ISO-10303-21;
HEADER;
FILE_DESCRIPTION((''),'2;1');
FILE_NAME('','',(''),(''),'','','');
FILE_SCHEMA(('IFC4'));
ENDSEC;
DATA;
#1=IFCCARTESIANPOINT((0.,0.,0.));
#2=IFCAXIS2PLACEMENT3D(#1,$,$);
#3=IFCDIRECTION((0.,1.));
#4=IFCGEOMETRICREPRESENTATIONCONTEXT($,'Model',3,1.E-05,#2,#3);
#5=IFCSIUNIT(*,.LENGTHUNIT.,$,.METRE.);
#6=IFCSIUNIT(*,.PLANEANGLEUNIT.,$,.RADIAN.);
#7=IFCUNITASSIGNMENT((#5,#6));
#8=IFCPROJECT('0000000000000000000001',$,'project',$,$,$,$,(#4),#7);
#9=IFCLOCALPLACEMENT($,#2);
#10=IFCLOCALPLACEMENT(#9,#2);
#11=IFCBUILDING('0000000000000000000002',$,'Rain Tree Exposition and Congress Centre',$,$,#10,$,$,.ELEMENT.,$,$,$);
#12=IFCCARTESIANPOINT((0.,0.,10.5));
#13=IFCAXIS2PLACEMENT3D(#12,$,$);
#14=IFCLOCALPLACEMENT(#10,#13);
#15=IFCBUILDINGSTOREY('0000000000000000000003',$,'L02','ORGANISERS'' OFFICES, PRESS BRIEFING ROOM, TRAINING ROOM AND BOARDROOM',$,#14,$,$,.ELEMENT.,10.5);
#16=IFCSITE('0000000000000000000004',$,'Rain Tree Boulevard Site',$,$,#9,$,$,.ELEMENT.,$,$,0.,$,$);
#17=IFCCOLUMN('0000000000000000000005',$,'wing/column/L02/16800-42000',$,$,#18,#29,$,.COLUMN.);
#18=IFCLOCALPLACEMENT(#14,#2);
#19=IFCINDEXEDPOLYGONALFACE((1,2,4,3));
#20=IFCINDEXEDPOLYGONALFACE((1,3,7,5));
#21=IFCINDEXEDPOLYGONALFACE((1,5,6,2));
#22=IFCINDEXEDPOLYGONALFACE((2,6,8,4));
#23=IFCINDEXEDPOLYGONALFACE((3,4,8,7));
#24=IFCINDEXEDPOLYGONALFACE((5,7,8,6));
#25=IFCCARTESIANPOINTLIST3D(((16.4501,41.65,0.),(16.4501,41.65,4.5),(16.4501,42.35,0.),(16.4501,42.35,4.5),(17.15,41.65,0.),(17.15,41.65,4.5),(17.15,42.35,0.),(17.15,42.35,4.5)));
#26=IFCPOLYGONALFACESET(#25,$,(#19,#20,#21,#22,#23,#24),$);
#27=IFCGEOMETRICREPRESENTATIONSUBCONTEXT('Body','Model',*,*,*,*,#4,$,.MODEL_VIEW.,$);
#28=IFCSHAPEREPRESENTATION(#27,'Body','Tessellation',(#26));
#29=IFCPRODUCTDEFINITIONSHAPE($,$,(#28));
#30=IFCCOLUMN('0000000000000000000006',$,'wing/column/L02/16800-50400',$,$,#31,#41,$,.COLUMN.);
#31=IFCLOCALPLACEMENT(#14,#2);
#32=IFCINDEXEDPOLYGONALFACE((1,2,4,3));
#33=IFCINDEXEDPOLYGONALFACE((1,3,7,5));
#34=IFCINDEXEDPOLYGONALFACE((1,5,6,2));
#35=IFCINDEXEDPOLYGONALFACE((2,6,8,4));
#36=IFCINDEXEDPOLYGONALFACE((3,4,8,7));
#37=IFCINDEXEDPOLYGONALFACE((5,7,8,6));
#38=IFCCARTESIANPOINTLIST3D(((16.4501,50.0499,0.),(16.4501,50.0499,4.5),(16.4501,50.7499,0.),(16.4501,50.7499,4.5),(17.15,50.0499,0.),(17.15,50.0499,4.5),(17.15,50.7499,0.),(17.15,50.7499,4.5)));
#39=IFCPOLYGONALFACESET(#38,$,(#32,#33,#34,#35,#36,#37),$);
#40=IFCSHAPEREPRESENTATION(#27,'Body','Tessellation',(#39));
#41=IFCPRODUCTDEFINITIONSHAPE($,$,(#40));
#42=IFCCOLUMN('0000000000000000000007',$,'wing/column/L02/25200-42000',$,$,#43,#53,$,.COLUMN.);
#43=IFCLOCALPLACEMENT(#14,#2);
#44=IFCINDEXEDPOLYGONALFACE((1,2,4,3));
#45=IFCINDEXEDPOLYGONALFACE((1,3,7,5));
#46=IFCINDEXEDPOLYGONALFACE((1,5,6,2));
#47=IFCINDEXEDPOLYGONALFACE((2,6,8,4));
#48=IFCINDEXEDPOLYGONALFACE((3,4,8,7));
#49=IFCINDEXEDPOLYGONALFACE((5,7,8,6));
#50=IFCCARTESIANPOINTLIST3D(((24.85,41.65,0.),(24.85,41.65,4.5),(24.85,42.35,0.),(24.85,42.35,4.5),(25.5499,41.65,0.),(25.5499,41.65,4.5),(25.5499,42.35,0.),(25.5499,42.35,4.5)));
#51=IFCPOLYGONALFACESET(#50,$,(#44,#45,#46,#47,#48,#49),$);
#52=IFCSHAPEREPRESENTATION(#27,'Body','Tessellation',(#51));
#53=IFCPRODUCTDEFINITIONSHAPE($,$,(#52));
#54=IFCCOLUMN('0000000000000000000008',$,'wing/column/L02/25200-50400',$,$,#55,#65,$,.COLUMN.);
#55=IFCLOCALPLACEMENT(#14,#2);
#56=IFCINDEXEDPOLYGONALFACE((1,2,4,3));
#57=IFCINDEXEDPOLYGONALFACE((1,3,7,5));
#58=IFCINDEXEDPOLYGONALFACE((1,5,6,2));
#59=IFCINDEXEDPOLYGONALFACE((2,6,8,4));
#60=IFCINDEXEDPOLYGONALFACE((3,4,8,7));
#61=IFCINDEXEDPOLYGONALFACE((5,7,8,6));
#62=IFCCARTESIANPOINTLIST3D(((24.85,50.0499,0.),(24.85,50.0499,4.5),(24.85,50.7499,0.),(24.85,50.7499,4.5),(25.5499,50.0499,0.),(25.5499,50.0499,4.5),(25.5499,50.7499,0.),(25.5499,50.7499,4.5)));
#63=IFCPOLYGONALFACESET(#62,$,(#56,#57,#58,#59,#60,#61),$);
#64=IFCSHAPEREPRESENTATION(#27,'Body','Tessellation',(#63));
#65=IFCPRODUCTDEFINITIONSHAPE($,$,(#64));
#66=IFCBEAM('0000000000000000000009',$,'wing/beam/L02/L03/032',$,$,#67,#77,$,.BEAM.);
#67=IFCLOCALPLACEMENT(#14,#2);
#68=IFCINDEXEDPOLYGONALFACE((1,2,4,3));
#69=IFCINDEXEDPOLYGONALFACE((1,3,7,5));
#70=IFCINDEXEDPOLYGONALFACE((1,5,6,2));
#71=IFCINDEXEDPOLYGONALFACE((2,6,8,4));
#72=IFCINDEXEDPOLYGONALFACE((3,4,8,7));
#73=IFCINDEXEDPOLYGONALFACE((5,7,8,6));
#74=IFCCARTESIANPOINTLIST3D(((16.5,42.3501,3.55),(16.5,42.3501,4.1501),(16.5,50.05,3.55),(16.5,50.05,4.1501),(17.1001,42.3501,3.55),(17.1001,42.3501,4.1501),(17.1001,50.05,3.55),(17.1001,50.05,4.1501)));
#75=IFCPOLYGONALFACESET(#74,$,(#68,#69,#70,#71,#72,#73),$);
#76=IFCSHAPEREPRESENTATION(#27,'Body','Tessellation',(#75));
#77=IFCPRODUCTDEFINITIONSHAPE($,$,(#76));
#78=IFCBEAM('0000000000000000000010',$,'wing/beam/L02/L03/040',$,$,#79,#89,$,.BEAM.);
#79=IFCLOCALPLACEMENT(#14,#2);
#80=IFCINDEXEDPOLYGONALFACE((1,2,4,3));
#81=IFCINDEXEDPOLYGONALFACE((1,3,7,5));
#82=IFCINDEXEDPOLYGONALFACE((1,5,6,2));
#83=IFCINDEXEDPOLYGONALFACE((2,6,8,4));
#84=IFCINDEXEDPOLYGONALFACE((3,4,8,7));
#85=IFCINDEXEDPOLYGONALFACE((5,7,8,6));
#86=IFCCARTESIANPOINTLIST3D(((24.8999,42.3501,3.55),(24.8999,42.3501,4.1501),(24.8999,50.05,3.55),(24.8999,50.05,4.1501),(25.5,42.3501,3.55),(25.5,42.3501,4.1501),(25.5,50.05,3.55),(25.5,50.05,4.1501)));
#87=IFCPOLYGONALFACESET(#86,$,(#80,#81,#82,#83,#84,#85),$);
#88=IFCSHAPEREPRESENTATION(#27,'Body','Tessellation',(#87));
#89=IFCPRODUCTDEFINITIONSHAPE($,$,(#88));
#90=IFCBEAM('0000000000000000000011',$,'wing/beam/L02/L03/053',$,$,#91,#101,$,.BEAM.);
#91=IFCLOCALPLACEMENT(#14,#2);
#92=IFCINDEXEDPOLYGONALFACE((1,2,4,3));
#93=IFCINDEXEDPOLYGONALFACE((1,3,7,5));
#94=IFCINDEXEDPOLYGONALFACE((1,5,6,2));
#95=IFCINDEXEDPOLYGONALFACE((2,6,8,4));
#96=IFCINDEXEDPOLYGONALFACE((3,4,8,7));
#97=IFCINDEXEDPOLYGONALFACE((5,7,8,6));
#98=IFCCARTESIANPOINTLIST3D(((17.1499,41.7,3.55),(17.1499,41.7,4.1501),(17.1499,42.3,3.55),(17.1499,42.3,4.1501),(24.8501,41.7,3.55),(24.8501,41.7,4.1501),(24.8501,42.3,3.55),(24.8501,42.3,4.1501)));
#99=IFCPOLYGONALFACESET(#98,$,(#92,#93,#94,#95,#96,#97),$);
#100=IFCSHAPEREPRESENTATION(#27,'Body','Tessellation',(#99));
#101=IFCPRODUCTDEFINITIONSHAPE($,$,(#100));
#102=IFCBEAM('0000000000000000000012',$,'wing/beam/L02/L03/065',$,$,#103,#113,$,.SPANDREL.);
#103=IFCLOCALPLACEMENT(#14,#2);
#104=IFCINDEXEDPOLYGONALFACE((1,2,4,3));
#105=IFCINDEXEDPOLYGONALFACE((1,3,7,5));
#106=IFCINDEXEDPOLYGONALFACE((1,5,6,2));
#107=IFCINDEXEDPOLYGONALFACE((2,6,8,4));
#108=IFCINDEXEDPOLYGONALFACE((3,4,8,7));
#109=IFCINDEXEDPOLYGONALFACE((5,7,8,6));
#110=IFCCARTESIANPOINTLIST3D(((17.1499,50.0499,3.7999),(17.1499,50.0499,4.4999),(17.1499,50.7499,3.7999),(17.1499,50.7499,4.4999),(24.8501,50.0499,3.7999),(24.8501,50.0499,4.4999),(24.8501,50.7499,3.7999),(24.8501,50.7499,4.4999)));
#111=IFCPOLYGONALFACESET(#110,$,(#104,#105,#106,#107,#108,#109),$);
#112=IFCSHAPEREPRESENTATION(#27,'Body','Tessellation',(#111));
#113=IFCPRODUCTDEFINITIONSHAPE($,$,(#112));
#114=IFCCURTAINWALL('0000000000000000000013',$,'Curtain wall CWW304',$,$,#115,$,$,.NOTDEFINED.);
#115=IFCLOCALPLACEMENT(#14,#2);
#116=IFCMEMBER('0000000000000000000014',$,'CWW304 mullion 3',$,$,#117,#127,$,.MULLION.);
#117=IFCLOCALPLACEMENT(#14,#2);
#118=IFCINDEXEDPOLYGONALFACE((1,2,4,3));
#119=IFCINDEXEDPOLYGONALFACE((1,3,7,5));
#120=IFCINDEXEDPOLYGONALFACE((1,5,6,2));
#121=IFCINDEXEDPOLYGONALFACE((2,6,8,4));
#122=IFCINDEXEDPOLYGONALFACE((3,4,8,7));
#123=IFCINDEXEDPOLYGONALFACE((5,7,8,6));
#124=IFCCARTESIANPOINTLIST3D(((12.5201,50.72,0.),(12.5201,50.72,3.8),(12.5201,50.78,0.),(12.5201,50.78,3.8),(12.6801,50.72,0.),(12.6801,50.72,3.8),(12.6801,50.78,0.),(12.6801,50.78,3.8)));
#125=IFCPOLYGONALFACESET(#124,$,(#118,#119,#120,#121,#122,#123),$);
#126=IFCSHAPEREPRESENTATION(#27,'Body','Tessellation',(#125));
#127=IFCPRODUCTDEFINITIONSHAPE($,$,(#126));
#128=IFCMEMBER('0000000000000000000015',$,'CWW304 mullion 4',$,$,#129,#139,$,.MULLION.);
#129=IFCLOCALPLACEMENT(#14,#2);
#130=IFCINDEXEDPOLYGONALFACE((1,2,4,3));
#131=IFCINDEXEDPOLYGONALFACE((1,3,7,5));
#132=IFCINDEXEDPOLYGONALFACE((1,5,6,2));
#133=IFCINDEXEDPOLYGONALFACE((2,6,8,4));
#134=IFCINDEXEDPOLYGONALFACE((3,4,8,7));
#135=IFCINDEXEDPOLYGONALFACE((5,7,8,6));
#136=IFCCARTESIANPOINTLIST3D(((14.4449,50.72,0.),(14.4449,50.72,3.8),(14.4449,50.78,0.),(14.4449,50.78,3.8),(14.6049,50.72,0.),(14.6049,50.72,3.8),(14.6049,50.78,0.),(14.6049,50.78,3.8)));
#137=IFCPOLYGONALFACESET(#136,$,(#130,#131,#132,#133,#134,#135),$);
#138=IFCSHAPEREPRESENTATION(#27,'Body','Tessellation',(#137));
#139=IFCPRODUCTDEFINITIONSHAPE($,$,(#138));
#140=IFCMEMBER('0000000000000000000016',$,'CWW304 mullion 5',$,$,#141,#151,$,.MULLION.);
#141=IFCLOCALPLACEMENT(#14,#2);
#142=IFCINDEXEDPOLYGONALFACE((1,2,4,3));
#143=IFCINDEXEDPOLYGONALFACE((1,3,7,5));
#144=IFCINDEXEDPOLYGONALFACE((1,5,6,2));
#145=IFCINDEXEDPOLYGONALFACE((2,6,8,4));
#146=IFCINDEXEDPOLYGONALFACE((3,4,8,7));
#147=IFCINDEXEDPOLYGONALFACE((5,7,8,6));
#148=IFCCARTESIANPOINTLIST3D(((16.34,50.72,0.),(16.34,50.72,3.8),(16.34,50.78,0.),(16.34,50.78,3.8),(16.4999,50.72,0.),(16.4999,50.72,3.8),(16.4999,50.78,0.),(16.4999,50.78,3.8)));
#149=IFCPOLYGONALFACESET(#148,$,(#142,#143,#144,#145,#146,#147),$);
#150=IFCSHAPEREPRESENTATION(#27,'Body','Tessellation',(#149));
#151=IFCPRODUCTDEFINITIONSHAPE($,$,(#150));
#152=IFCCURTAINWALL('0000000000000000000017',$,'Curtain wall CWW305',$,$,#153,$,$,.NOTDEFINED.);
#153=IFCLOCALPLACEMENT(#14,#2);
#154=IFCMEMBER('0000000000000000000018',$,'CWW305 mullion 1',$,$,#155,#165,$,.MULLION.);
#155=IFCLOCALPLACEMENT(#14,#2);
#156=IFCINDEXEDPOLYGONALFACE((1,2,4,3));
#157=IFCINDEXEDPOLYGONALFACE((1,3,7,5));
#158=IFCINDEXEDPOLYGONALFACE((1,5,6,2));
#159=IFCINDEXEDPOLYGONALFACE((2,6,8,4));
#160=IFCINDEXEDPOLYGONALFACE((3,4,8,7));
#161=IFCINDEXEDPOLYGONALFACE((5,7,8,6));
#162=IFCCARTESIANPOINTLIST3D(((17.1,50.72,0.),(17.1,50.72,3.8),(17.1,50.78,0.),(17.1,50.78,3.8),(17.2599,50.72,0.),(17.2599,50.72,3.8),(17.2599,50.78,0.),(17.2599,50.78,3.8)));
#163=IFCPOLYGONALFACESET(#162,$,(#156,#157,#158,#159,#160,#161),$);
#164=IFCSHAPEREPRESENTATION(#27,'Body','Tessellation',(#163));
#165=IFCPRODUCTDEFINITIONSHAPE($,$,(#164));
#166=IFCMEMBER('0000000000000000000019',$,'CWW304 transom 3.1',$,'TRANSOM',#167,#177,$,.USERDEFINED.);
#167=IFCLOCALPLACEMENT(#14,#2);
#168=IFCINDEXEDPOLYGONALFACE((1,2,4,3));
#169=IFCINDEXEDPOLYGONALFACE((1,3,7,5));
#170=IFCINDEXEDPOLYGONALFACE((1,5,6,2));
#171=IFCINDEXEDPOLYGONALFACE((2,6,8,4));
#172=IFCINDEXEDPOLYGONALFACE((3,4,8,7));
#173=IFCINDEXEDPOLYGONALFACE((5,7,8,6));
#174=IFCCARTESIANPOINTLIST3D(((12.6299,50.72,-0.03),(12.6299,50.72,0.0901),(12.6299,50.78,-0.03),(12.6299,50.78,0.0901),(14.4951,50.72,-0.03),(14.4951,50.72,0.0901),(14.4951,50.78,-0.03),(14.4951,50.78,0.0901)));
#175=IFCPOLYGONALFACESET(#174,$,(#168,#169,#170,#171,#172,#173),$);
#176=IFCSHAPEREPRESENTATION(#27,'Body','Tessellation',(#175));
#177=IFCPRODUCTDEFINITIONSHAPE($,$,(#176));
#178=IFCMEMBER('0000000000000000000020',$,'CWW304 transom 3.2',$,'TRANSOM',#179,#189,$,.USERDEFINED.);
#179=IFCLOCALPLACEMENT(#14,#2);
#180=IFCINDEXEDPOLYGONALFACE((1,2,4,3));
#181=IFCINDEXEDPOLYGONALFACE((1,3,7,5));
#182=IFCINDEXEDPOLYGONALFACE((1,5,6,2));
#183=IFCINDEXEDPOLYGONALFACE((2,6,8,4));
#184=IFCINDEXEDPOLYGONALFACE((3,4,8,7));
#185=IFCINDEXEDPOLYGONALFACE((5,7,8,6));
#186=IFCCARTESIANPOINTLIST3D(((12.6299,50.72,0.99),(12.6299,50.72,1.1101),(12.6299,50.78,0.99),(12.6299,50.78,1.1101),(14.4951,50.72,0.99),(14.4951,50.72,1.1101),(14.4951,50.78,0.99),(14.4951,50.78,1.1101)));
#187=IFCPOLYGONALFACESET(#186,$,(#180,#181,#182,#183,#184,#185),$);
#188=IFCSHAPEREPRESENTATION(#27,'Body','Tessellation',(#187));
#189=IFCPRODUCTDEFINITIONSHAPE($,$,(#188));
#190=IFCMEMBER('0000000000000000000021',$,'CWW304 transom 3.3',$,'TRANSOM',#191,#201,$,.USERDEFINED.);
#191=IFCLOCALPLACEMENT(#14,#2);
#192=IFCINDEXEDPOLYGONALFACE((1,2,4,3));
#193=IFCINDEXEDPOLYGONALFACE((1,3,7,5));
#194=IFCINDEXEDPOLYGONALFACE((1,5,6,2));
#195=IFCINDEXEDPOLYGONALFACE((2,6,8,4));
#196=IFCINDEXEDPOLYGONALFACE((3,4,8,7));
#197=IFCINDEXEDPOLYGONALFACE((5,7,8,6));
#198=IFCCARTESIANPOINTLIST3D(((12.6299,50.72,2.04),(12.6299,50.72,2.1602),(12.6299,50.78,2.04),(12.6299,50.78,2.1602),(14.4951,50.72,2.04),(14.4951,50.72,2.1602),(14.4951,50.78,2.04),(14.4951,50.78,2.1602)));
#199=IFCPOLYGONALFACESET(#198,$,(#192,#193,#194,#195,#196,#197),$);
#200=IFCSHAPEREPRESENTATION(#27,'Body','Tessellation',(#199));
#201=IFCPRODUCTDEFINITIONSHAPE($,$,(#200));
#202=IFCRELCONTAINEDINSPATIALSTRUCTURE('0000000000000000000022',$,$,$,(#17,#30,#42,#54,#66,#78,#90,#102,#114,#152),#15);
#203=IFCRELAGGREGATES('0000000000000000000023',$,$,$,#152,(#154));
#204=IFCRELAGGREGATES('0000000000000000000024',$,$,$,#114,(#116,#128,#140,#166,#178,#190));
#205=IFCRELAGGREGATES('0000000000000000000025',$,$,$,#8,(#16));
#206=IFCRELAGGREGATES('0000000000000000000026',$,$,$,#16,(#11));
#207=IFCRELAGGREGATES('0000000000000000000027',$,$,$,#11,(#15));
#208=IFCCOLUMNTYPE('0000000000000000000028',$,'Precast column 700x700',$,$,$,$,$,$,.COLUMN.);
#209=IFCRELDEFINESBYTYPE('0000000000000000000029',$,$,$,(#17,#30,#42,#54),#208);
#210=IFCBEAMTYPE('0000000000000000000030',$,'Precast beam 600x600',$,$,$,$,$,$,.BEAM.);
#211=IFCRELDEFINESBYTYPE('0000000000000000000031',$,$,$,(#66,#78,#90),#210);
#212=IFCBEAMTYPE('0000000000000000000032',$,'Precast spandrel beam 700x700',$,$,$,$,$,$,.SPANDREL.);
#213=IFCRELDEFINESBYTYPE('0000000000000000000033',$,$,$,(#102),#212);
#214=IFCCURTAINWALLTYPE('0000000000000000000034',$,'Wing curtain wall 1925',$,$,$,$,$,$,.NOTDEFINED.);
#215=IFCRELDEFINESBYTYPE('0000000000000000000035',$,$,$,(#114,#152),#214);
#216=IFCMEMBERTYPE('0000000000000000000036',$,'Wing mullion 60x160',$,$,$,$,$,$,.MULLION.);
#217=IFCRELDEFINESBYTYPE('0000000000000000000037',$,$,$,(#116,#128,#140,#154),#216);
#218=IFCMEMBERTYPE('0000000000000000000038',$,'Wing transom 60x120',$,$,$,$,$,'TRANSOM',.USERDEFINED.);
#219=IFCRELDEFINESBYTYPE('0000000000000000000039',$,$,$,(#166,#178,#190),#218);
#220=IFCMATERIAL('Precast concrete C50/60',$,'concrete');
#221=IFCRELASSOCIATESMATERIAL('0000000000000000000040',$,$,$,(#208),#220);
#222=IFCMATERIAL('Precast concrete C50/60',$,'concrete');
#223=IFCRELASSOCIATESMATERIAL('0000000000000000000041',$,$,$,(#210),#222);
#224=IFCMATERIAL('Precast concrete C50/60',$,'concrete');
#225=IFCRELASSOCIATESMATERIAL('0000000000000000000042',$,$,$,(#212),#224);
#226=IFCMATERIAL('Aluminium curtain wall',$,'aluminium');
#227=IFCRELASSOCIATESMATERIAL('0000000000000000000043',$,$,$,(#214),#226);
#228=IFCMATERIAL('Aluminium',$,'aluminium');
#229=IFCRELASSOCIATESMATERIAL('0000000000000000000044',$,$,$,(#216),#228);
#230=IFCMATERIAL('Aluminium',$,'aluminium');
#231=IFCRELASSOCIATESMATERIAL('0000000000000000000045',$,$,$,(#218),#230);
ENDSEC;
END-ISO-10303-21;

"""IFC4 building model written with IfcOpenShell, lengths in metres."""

from ifc_helpers import new_model, si_unit, direction, frame, origin, origin_2d, place, context, subcontext, project, spatial, rectangle, extrude, material, material_profile, profile_set, type_object, element, aggregate, save


model = new_model("IFC4")

# Units and contexts
model_context = context("Model", 3, precision=1e-05, world=origin(), true_north=direction((0.0, 1.0)))
body_context = subcontext(model_context, "Body", "Model", "MODEL_VIEW")
ifc_project = project(units=[si_unit("LENGTHUNIT", "METRE"), si_unit("PLANEANGLEUNIT", "RADIAN")], contexts=[model_context])

# Site, building, storey
site_placement = place(None, origin())
site = spatial("IfcSite", under=ifc_project, at=site_placement, Name="Rain Tree Boulevard Site", CompositionType="ELEMENT", RefElevation=0.0)
building_placement = place(site_placement, origin())
building = spatial("IfcBuilding", under=site, at=building_placement, Name="Rain Tree Exposition and Congress Centre", CompositionType="ELEMENT")
storey_placement = place(building_placement, frame((0.0, 0.0, 10.5)))
storey = spatial("IfcBuildingStorey", under=building, at=storey_placement, Name="L02", Description="ORGANISERS' OFFICES, PRESS BRIEFING ROOM, TRAINING ROOM AND BOARDROOM", CompositionType="ELEMENT", Elevation=10.5)

# Columns
ifc_material_1 = material(Name="Precast concrete C50/60", Category="concrete")
ifc_material_profile_1 = material_profile(ifc_material_1, rectangle(XDim=0.7, YDim=0.7, at=origin_2d()), Name="RC 700x700")
ifc_profile_set_1 = profile_set([ifc_material_profile_1], Name="Precast concrete C50/60")
column_type = type_object("IfcColumnType", Name="Precast column 700x700", PredefinedType="COLUMN", material=ifc_profile_set_1)
for number, where, z_axis, x_axis, name in (
    (1, (16.8, 42.0, 0.0), (0.0, 0.0, 1.0), (1.0, 0.0, 0.0), "wing/column/L02/16800-42000"),
    (2, (16.8, 50.3999, 0.0), (0.0, 0.0, 1.0), (1.0, 0.0, 0.0), "wing/column/L02/16800-50400"),
    (3, (25.2, 42.0, 0.0), (0.0, 0.0, 1.0), (1.0, 0.0, 0.0), "wing/column/L02/25200-42000"),
    (4, (25.2, 50.3999, 0.0), (0.0, 0.0, 1.0), (1.0, 0.0, 0.0), "wing/column/L02/25200-50400"),
):
    element("IfcColumn", number, at=place(storey_placement, frame(where, z_axis=z_axis, x_axis=x_axis)), inside=storey, type_object=column_type, Name=name, PredefinedType="COLUMN", context=body_context, shape_type="SweptSolid", body=[
        extrude(rectangle(XDim=0.7, YDim=0.7, at=origin_2d()), origin(), (0.0, 0.0, 1.0), 4.5),
    ])

# Beams
ifc_material_2 = material(Name="Precast concrete C50/60", Category="concrete")
ifc_material_profile_2 = material_profile(ifc_material_2, rectangle(XDim=0.6001, YDim=0.6001, at=origin_2d()), Name="RC 600x600")
ifc_profile_set_2 = profile_set([ifc_material_profile_2], Name="Precast concrete C50/60")
beam_type_1 = type_object("IfcBeamType", Name="Precast beam 600x600", PredefinedType="BEAM", material=ifc_profile_set_2)
for number, where, z_axis, x_axis, name in (
    (5, (16.8, 42.3501, 3.8501), (0.0, 1.0, 0.0), (-1.0, 0.0, 0.0), "wing/beam/L02/L03/032"),
    (6, (25.2, 42.3501, 3.8501), (0.0, 1.0, 0.0), (-1.0, 0.0, 0.0), "wing/beam/L02/L03/040"),
):
    element("IfcBeam", number, at=place(storey_placement, frame(where, z_axis=z_axis, x_axis=x_axis)), inside=storey, type_object=beam_type_1, Name=name, PredefinedType="BEAM", context=body_context, shape_type="SweptSolid", body=[
        extrude(rectangle(XDim=0.6001, YDim=0.6001, at=origin_2d()), origin(), (0.0, 0.0, 1.0), 7.7),
    ])
beam_1_placement = place(storey_placement, frame((17.1499, 42.0, 3.8501), z_axis=(1.0, 0.0, 0.0), x_axis=(0.0, 1.0, 0.0)))
element("IfcBeam", 7, at=beam_1_placement, inside=storey, type_object=beam_type_1, Name="wing/beam/L02/L03/053", PredefinedType="BEAM", context=body_context, shape_type="SweptSolid", body=[
    extrude(rectangle(XDim=0.6001, YDim=0.6001, at=origin_2d()), origin(), (0.0, 0.0, 1.0), 7.7002),
])
ifc_material_3 = material(Name="Precast concrete C50/60", Category="concrete")
ifc_material_profile_3 = material_profile(ifc_material_3, rectangle(XDim=0.7, YDim=0.7, at=origin_2d()), Name="RC 700x700")
ifc_profile_set_3 = profile_set([ifc_material_profile_3], Name="Precast concrete C50/60")
beam_type_2 = type_object("IfcBeamType", Name="Precast spandrel beam 700x700", PredefinedType="SPANDREL", material=ifc_profile_set_3)
beam_2_placement = place(storey_placement, frame((17.1499, 50.3999, 4.1499), z_axis=(1.0, 0.0, 0.0), x_axis=(0.0, 1.0, 0.0)))
element("IfcBeam", 8, at=beam_2_placement, inside=storey, type_object=beam_type_2, Name="wing/beam/L02/L03/065", PredefinedType="SPANDREL", context=body_context, shape_type="SweptSolid", body=[
    extrude(rectangle(XDim=0.7, YDim=0.7, at=origin_2d()), origin(), (0.0, 0.0, 1.0), 7.7002),
])

# Curtain wall, members
ifc_material_4 = material(Name="Aluminium curtain wall", Category="aluminium")
curtain_wall_type = type_object("IfcCurtainWallType", Name="Wing curtain wall 1925", PredefinedType="NOTDEFINED", material=ifc_material_4)
curtain_wall_1_placement = place(storey_placement, origin())
curtain_wall_1 = element("IfcCurtainWall", 9, at=curtain_wall_1_placement, inside=storey, type_object=curtain_wall_type, Name="Curtain wall CWW304", PredefinedType="NOTDEFINED")
ifc_material_5 = material(Name="Aluminium", Category="aluminium")
ifc_material_profile_4 = material_profile(ifc_material_5, rectangle(XDim=0.0601, YDim=0.1599, at=origin_2d()), Name="Aluminium 60x160")
ifc_profile_set_4 = profile_set([ifc_material_profile_4], Name="Aluminium")
member_type_1 = type_object("IfcMemberType", Name="Wing mullion 60x160", PredefinedType="MULLION", material=ifc_profile_set_4)
member_1_placement = place(storey_placement, frame((12.6001, 50.75, 0.0), z_axis=(0.0, 0.0, 1.0), x_axis=(0.0, 1.0, 0.0)))
member_1 = element("IfcMember", 10, at=member_1_placement, type_object=member_type_1, Name="CWW304 mullion 3", PredefinedType="MULLION", context=body_context, shape_type="SweptSolid", body=[
    extrude(rectangle(XDim=0.0601, YDim=0.1599, at=origin_2d()), origin(), (0.0, 0.0, 1.0), 3.8),
])
member_2_placement = place(storey_placement, frame((14.5249, 50.75, 0.0), z_axis=(0.0, 0.0, 1.0), x_axis=(0.0, 1.0, 0.0)))
member_2 = element("IfcMember", 11, at=member_2_placement, type_object=member_type_1, Name="CWW304 mullion 4", PredefinedType="MULLION", context=body_context, shape_type="SweptSolid", body=[
    extrude(rectangle(XDim=0.0601, YDim=0.1599, at=origin_2d()), origin(), (0.0, 0.0, 1.0), 3.8),
])
member_3_placement = place(storey_placement, frame((16.4199, 50.75, 0.0), z_axis=(0.0, 0.0, 1.0), x_axis=(0.0, 1.0, 0.0)))
member_3 = element("IfcMember", 12, at=member_3_placement, type_object=member_type_1, Name="CWW304 mullion 5", PredefinedType="MULLION", context=body_context, shape_type="SweptSolid", body=[
    extrude(rectangle(XDim=0.0601, YDim=0.1599, at=origin_2d()), origin(), (0.0, 0.0, 1.0), 3.8),
])

# Curtain wall, member
curtain_wall_2_placement = place(storey_placement, origin())
curtain_wall_2 = element("IfcCurtainWall", 13, at=curtain_wall_2_placement, inside=storey, type_object=curtain_wall_type, Name="Curtain wall CWW305", PredefinedType="NOTDEFINED")
member_4_placement = place(storey_placement, frame((17.1799, 50.75, 0.0), z_axis=(0.0, 0.0, 1.0), x_axis=(0.0, 1.0, 0.0)))
member_4 = element("IfcMember", 14, at=member_4_placement, type_object=member_type_1, Name="CWW305 mullion 1", PredefinedType="MULLION", context=body_context, shape_type="SweptSolid", body=[
    extrude(rectangle(XDim=0.0601, YDim=0.1599, at=origin_2d()), origin(), (0.0, 0.0, 1.0), 3.8),
])

# Members
ifc_material_6 = material(Name="Aluminium", Category="aluminium")
ifc_material_profile_5 = material_profile(ifc_material_6, rectangle(XDim=0.0601, YDim=0.1201, at=origin_2d()), Name="Aluminium 60x120")
ifc_profile_set_5 = profile_set([ifc_material_profile_5], Name="Aluminium")
member_type_2 = type_object("IfcMemberType", Name="Wing transom 60x120", ElementType="TRANSOM", PredefinedType="USERDEFINED", material=ifc_profile_set_5)
member_5_placement = place(storey_placement, frame((12.6299, 50.75, 0.03), z_axis=(1.0, 0.0, 0.0), x_axis=(0.0, 1.0, 0.0)))
member_5 = element("IfcMember", 15, at=member_5_placement, type_object=member_type_2, Name="CWW304 transom 3.1", ObjectType="TRANSOM", PredefinedType="USERDEFINED", context=body_context, shape_type="SweptSolid", body=[
    extrude(rectangle(XDim=0.0601, YDim=0.1201, at=origin_2d()), origin(), (0.0, 0.0, 1.0), 1.8652),
])
member_6_placement = place(storey_placement, frame((12.6299, 50.75, 1.05), z_axis=(1.0, 0.0, 0.0), x_axis=(0.0, 1.0, 0.0)))
member_6 = element("IfcMember", 16, at=member_6_placement, type_object=member_type_2, Name="CWW304 transom 3.2", ObjectType="TRANSOM", PredefinedType="USERDEFINED", context=body_context, shape_type="SweptSolid", body=[
    extrude(rectangle(XDim=0.0601, YDim=0.1201, at=origin_2d()), origin(), (0.0, 0.0, 1.0), 1.8652),
])
member_7_placement = place(storey_placement, frame((12.6299, 50.75, 2.1001), z_axis=(1.0, 0.0, 0.0), x_axis=(0.0, 1.0, 0.0)))
member_7 = element("IfcMember", 17, at=member_7_placement, type_object=member_type_2, Name="CWW304 transom 3.3", ObjectType="TRANSOM", PredefinedType="USERDEFINED", context=body_context, shape_type="SweptSolid", body=[
    extrude(rectangle(XDim=0.0601, YDim=0.1201, at=origin_2d()), origin(), (0.0, 0.0, 1.0), 1.8652),
])
aggregate(curtain_wall_2, [member_4])

aggregate(curtain_wall_1, [member_1, member_2, member_3, member_5, member_6, member_7])

save(model, "model.ifc")
